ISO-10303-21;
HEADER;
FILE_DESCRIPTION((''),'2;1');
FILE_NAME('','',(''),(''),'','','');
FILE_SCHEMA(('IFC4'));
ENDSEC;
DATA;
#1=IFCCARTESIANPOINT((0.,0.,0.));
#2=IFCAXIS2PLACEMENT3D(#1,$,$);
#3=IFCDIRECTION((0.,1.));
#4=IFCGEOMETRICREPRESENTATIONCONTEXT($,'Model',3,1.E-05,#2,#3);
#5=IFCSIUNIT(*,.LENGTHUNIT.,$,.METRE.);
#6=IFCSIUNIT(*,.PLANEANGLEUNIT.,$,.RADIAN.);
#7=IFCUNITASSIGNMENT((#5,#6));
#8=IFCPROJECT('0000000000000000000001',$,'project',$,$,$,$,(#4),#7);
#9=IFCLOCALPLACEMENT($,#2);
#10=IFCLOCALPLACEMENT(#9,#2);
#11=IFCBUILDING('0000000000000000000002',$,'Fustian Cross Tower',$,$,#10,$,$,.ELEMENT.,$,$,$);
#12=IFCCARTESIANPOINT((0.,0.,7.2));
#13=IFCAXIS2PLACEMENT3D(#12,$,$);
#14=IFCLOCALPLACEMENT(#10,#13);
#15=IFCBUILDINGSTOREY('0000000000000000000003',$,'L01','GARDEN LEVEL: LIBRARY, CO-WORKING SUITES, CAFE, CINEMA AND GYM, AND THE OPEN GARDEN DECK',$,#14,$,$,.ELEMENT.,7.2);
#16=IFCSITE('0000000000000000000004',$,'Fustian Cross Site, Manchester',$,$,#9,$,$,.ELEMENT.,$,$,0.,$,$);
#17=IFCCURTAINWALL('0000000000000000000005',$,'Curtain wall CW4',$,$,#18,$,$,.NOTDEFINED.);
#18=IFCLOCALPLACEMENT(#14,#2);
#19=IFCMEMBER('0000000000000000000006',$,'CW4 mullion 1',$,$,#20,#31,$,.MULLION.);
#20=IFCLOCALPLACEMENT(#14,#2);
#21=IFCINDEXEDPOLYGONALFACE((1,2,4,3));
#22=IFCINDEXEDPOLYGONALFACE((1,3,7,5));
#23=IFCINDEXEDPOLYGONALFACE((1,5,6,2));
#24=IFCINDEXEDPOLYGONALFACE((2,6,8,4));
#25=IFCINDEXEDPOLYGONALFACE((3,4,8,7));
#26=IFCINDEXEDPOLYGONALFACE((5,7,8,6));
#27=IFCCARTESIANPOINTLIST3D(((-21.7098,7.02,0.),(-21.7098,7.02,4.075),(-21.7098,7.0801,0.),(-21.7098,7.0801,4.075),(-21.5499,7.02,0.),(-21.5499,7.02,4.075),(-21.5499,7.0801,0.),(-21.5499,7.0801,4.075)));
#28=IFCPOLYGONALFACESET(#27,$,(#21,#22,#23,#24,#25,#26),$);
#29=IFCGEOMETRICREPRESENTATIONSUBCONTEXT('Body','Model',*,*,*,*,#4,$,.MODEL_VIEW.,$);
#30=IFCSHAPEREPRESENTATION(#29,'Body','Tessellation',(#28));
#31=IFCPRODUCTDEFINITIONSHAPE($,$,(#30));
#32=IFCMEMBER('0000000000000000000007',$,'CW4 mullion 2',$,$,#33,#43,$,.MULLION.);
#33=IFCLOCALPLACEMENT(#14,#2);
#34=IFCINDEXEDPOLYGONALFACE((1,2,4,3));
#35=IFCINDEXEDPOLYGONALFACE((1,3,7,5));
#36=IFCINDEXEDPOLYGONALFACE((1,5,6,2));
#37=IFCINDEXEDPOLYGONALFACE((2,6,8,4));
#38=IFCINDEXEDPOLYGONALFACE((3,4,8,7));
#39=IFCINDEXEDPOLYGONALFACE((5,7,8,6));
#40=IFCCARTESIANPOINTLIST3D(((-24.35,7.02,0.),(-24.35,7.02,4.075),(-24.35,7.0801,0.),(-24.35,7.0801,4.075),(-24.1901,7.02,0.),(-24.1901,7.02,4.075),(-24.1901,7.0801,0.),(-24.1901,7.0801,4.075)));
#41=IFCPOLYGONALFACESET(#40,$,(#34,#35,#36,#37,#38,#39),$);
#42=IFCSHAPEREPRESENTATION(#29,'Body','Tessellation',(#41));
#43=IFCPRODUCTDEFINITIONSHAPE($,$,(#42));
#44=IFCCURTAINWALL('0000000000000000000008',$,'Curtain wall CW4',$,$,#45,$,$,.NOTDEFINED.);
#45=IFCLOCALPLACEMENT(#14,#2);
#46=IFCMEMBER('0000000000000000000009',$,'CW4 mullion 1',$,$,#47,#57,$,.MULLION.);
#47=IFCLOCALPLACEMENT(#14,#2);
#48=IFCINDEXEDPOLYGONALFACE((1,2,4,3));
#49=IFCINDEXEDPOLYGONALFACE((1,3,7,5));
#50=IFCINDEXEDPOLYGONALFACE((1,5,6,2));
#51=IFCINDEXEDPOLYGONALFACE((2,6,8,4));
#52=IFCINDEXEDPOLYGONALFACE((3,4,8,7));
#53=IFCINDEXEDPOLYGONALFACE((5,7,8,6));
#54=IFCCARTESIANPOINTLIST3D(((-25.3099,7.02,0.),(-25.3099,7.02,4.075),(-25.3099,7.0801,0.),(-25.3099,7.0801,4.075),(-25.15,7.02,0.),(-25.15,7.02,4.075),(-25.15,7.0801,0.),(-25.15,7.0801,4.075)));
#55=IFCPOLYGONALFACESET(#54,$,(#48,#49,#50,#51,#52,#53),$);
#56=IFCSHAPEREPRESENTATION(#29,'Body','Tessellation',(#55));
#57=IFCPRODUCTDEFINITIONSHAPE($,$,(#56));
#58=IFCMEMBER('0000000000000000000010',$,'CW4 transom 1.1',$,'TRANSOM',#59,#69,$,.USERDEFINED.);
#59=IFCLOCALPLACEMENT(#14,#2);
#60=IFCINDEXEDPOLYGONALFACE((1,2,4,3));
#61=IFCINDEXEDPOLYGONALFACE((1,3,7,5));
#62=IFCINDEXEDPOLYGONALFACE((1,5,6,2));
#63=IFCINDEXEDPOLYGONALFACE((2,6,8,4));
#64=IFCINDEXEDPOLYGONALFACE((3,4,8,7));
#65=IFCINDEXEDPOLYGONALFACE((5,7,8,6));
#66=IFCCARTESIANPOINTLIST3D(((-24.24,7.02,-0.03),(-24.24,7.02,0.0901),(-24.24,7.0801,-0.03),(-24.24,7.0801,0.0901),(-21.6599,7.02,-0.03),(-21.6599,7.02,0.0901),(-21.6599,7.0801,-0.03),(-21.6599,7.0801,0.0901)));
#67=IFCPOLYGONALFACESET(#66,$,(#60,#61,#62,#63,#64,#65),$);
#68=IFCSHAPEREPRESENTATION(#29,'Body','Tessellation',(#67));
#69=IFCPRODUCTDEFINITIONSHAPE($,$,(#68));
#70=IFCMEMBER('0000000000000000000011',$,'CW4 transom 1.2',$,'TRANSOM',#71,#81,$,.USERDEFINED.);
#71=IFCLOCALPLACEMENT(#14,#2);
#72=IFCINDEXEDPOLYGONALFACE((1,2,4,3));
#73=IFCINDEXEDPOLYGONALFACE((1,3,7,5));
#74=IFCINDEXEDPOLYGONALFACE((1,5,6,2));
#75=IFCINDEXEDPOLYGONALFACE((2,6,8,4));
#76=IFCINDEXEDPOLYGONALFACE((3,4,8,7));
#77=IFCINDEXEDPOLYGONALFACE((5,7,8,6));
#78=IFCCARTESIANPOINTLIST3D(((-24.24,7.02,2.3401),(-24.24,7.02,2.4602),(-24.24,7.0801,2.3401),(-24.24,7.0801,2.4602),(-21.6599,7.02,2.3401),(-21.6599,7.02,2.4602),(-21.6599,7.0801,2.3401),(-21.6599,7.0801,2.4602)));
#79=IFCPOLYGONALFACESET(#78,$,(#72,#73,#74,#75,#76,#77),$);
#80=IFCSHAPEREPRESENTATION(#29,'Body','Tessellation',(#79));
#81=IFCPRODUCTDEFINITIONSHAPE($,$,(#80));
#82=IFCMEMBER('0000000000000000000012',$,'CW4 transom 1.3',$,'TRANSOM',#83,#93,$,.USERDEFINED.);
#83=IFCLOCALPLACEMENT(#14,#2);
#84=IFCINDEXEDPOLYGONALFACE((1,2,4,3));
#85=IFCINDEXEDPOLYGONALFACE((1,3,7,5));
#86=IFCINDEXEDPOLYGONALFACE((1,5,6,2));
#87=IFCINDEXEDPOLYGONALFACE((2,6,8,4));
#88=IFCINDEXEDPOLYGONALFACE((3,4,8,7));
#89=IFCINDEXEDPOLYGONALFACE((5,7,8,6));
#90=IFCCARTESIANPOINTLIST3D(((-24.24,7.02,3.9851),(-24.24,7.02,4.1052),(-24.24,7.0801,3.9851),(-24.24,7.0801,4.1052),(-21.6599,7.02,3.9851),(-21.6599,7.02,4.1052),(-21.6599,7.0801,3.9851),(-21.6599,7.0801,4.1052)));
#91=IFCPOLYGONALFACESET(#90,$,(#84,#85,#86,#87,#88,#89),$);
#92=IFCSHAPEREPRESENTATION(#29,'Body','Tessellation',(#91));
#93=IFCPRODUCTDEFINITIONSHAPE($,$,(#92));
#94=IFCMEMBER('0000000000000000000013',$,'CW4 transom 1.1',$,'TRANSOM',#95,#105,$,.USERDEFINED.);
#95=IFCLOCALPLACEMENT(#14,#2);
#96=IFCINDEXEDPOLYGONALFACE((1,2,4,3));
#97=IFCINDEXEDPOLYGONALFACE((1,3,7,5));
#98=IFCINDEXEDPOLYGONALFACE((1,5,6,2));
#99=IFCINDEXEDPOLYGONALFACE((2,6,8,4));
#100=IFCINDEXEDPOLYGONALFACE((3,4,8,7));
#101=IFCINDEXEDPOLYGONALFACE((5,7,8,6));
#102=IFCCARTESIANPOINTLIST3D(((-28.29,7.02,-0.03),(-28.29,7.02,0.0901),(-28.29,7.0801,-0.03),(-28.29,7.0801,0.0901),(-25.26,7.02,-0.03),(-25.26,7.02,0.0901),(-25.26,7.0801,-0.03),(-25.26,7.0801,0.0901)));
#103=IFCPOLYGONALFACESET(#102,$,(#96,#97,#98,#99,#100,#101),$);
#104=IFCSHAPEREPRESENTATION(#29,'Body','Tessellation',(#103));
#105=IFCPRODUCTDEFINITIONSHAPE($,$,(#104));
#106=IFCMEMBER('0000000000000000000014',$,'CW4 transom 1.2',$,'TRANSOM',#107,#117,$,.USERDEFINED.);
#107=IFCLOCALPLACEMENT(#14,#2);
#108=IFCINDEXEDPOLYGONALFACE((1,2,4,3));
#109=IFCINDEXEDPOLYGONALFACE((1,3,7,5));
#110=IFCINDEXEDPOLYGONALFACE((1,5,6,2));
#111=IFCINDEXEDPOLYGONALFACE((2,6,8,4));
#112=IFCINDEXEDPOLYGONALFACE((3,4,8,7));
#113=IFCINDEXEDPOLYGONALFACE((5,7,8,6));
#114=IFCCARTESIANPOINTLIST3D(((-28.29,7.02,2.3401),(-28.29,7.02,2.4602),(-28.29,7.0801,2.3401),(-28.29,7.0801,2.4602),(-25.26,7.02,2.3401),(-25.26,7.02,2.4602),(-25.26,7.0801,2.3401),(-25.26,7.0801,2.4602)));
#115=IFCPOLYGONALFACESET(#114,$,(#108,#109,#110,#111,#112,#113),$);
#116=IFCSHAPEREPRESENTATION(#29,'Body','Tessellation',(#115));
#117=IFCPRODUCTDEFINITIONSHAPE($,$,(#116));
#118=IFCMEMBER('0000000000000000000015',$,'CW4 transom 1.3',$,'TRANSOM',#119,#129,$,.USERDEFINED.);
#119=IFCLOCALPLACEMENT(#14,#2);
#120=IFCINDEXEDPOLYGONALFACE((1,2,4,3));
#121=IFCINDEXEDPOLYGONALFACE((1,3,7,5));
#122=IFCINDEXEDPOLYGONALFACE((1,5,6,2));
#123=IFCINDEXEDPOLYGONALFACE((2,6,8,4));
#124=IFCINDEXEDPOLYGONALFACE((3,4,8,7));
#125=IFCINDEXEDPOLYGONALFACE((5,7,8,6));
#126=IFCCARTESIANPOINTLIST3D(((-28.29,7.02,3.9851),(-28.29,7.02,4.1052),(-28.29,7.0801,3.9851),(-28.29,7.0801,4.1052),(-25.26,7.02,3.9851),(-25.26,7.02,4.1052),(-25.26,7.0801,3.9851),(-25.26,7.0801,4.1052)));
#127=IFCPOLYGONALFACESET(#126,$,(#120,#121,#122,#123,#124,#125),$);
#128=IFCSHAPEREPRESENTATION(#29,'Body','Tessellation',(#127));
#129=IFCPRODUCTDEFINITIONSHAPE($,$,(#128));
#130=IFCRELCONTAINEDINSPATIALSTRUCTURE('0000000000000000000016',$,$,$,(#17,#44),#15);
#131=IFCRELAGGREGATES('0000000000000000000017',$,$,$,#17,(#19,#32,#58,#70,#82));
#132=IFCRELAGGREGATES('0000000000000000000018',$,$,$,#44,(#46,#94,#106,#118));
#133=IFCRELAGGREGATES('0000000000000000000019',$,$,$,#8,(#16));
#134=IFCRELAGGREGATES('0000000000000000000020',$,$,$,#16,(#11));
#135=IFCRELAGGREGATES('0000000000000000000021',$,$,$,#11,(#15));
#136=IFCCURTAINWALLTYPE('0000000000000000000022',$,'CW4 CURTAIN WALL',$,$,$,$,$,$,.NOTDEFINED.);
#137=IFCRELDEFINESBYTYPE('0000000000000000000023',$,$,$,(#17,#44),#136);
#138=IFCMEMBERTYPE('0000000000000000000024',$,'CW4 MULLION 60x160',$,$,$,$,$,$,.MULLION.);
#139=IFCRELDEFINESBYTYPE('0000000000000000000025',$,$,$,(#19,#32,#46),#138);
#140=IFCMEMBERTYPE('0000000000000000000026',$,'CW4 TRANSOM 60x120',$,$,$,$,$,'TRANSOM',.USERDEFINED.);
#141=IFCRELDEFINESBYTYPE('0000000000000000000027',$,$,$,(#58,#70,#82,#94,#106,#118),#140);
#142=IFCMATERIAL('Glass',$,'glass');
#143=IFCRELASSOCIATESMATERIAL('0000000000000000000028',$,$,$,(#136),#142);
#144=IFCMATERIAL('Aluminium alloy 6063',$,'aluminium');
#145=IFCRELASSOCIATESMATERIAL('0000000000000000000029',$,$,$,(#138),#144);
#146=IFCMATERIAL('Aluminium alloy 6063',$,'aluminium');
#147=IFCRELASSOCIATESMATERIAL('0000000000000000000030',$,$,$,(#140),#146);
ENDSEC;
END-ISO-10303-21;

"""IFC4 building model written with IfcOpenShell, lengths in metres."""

from ifc_helpers import new_model, si_unit, direction, frame, origin, origin_2d, place, context, subcontext, project, spatial, rectangle, extrude, material, material_profile, profile_set, type_object, element, aggregate, save


model = new_model("IFC4")

# Units and contexts
model_context = context("Model", 3, precision=1e-05, world=origin(), true_north=direction((0.0, 1.0)))
body_context = subcontext(model_context, "Body", "Model", "MODEL_VIEW")
ifc_project = project(units=[si_unit("LENGTHUNIT", "METRE"), si_unit("PLANEANGLEUNIT", "RADIAN")], contexts=[model_context])

# Site, building, storey
site_placement = place(None, origin())
site = spatial("IfcSite", under=ifc_project, at=site_placement, Name="Fustian Cross Site, Manchester", CompositionType="ELEMENT", RefElevation=0.0)
building_placement = place(site_placement, origin())
building = spatial("IfcBuilding", under=site, at=building_placement, Name="Fustian Cross Tower", CompositionType="ELEMENT")
storey_placement = place(building_placement, frame((0.0, 0.0, 7.2)))
storey = spatial("IfcBuildingStorey", under=building, at=storey_placement, Name="L01", Description="GARDEN LEVEL: LIBRARY, CO-WORKING SUITES, CAFE, CINEMA AND GYM, AND THE OPEN GARDEN DECK", CompositionType="ELEMENT", Elevation=7.2)

# Curtain wall, members
ifc_material_1 = material(Name="Glass", Category="glass")
curtain_wall_type = type_object("IfcCurtainWallType", Name="CW4 CURTAIN WALL", PredefinedType="NOTDEFINED", material=ifc_material_1)
curtain_wall_1_placement = place(storey_placement, origin())
curtain_wall_1 = element("IfcCurtainWall", 1, at=curtain_wall_1_placement, inside=storey, type_object=curtain_wall_type, Name="Curtain wall CW4", PredefinedType="NOTDEFINED")
ifc_material_2 = material(Name="Aluminium alloy 6063", Category="aluminium")
ifc_material_profile_1 = material_profile(ifc_material_2, rectangle(XDim=0.0601, YDim=0.1599, at=origin_2d()), Name="CW4 MULLION 60x160")
ifc_profile_set_1 = profile_set([ifc_material_profile_1], Name="Aluminium alloy 6063")
member_type_1 = type_object("IfcMemberType", Name="CW4 MULLION 60x160", PredefinedType="MULLION", material=ifc_profile_set_1)
member_1_placement = place(storey_placement, frame((-21.6299, 7.05, 0.0), z_axis=(0.0, 0.0, 1.0), x_axis=(0.0, -1.0, 0.0)))
member_1 = element("IfcMember", 2, at=member_1_placement, type_object=member_type_1, Name="CW4 mullion 1", PredefinedType="MULLION", context=body_context, shape_type="SweptSolid", body=[
    extrude(rectangle(XDim=0.0601, YDim=0.1599, at=origin_2d()), origin(), (0.0, 0.0, 1.0), 4.075),
])
member_2_placement = place(storey_placement, frame((-24.27, 7.05, 0.0), z_axis=(0.0, 0.0, 1.0), x_axis=(0.0, -1.0, 0.0)))
member_2 = element("IfcMember", 3, at=member_2_placement, type_object=member_type_1, Name="CW4 mullion 2", PredefinedType="MULLION", context=body_context, shape_type="SweptSolid", body=[
    extrude(rectangle(XDim=0.0601, YDim=0.1599, at=origin_2d()), origin(), (0.0, 0.0, 1.0), 4.075),
])

# Curtain wall, member
curtain_wall_2_placement = place(storey_placement, origin())
curtain_wall_2 = element("IfcCurtainWall", 4, at=curtain_wall_2_placement, inside=storey, type_object=curtain_wall_type, Name="Curtain wall CW4", PredefinedType="NOTDEFINED")
member_3_placement = place(storey_placement, frame((-25.23, 7.05, 0.0), z_axis=(0.0, 0.0, 1.0), x_axis=(0.0, -1.0, 0.0)))
member_3 = element("IfcMember", 5, at=member_3_placement, type_object=member_type_1, Name="CW4 mullion 1", PredefinedType="MULLION", context=body_context, shape_type="SweptSolid", body=[
    extrude(rectangle(XDim=0.0601, YDim=0.1599, at=origin_2d()), origin(), (0.0, 0.0, 1.0), 4.075),
])

# Members
ifc_material_3 = material(Name="Aluminium alloy 6063", Category="aluminium")
ifc_material_profile_2 = material_profile(ifc_material_3, rectangle(XDim=0.0601, YDim=0.1201, at=origin_2d()), Name="CW4 TRANSOM 60x120")
ifc_profile_set_2 = profile_set([ifc_material_profile_2], Name="Aluminium alloy 6063")
member_type_2 = type_object("IfcMemberType", Name="CW4 TRANSOM 60x120", ElementType="TRANSOM", PredefinedType="USERDEFINED", material=ifc_profile_set_2)
member_4_placement = place(storey_placement, frame((-21.6599, 7.05, 0.03), z_axis=(-1.0, 0.0, 0.0), x_axis=(0.0, -1.0, 0.0)))
member_4 = element("IfcMember", 6, at=member_4_placement, type_object=member_type_2, Name="CW4 transom 1.1", ObjectType="TRANSOM", PredefinedType="USERDEFINED", context=body_context, shape_type="SweptSolid", body=[
    extrude(rectangle(XDim=0.0601, YDim=0.1201, at=origin_2d()), origin(), (0.0, 0.0, 1.0), 2.5801),
])
member_5_placement = place(storey_placement, frame((-21.6599, 7.05, 2.4001), z_axis=(-1.0, 0.0, 0.0), x_axis=(0.0, -1.0, 0.0)))
member_5 = element("IfcMember", 7, at=member_5_placement, type_object=member_type_2, Name="CW4 transom 1.2", ObjectType="TRANSOM", PredefinedType="USERDEFINED", context=body_context, shape_type="SweptSolid", body=[
    extrude(rectangle(XDim=0.0601, YDim=0.1201, at=origin_2d()), origin(), (0.0, 0.0, 1.0), 2.5801),
])
member_6_placement = place(storey_placement, frame((-21.6599, 7.05, 4.0452), z_axis=(-1.0, 0.0, 0.0), x_axis=(0.0, -1.0, 0.0)))
member_6 = element("IfcMember", 8, at=member_6_placement, type_object=member_type_2, Name="CW4 transom 1.3", ObjectType="TRANSOM", PredefinedType="USERDEFINED", context=body_context, shape_type="SweptSolid", body=[
    extrude(rectangle(XDim=0.0601, YDim=0.1201, at=origin_2d()), origin(), (0.0, 0.0, 1.0), 2.5801),
])
member_7_placement = place(storey_placement, frame((-25.26, 7.05, 0.03), z_axis=(-1.0, 0.0, 0.0), x_axis=(0.0, -1.0, 0.0)))
member_7 = element("IfcMember", 9, at=member_7_placement, type_object=member_type_2, Name="CW4 transom 1.1", ObjectType="TRANSOM", PredefinedType="USERDEFINED", context=body_context, shape_type="SweptSolid", body=[
    extrude(rectangle(XDim=0.0601, YDim=0.1201, at=origin_2d()), origin(), (0.0, 0.0, 1.0), 3.03),
])
member_8_placement = place(storey_placement, frame((-25.26, 7.05, 2.4001), z_axis=(-1.0, 0.0, 0.0), x_axis=(0.0, -1.0, 0.0)))
member_8 = element("IfcMember", 10, at=member_8_placement, type_object=member_type_2, Name="CW4 transom 1.2", ObjectType="TRANSOM", PredefinedType="USERDEFINED", context=body_context, shape_type="SweptSolid", body=[
    extrude(rectangle(XDim=0.0601, YDim=0.1201, at=origin_2d()), origin(), (0.0, 0.0, 1.0), 3.03),
])
member_9_placement = place(storey_placement, frame((-25.26, 7.05, 4.0452), z_axis=(-1.0, 0.0, 0.0), x_axis=(0.0, -1.0, 0.0)))
member_9 = element("IfcMember", 11, at=member_9_placement, type_object=member_type_2, Name="CW4 transom 1.3", ObjectType="TRANSOM", PredefinedType="USERDEFINED", context=body_context, shape_type="SweptSolid", body=[
    extrude(rectangle(XDim=0.0601, YDim=0.1201, at=origin_2d()), origin(), (0.0, 0.0, 1.0), 3.03),
])

aggregate(curtain_wall_1, [member_1, member_2, member_4, member_5, member_6])
aggregate(curtain_wall_2, [member_3, member_7, member_8, member_9])

save(model, "model.ifc")
